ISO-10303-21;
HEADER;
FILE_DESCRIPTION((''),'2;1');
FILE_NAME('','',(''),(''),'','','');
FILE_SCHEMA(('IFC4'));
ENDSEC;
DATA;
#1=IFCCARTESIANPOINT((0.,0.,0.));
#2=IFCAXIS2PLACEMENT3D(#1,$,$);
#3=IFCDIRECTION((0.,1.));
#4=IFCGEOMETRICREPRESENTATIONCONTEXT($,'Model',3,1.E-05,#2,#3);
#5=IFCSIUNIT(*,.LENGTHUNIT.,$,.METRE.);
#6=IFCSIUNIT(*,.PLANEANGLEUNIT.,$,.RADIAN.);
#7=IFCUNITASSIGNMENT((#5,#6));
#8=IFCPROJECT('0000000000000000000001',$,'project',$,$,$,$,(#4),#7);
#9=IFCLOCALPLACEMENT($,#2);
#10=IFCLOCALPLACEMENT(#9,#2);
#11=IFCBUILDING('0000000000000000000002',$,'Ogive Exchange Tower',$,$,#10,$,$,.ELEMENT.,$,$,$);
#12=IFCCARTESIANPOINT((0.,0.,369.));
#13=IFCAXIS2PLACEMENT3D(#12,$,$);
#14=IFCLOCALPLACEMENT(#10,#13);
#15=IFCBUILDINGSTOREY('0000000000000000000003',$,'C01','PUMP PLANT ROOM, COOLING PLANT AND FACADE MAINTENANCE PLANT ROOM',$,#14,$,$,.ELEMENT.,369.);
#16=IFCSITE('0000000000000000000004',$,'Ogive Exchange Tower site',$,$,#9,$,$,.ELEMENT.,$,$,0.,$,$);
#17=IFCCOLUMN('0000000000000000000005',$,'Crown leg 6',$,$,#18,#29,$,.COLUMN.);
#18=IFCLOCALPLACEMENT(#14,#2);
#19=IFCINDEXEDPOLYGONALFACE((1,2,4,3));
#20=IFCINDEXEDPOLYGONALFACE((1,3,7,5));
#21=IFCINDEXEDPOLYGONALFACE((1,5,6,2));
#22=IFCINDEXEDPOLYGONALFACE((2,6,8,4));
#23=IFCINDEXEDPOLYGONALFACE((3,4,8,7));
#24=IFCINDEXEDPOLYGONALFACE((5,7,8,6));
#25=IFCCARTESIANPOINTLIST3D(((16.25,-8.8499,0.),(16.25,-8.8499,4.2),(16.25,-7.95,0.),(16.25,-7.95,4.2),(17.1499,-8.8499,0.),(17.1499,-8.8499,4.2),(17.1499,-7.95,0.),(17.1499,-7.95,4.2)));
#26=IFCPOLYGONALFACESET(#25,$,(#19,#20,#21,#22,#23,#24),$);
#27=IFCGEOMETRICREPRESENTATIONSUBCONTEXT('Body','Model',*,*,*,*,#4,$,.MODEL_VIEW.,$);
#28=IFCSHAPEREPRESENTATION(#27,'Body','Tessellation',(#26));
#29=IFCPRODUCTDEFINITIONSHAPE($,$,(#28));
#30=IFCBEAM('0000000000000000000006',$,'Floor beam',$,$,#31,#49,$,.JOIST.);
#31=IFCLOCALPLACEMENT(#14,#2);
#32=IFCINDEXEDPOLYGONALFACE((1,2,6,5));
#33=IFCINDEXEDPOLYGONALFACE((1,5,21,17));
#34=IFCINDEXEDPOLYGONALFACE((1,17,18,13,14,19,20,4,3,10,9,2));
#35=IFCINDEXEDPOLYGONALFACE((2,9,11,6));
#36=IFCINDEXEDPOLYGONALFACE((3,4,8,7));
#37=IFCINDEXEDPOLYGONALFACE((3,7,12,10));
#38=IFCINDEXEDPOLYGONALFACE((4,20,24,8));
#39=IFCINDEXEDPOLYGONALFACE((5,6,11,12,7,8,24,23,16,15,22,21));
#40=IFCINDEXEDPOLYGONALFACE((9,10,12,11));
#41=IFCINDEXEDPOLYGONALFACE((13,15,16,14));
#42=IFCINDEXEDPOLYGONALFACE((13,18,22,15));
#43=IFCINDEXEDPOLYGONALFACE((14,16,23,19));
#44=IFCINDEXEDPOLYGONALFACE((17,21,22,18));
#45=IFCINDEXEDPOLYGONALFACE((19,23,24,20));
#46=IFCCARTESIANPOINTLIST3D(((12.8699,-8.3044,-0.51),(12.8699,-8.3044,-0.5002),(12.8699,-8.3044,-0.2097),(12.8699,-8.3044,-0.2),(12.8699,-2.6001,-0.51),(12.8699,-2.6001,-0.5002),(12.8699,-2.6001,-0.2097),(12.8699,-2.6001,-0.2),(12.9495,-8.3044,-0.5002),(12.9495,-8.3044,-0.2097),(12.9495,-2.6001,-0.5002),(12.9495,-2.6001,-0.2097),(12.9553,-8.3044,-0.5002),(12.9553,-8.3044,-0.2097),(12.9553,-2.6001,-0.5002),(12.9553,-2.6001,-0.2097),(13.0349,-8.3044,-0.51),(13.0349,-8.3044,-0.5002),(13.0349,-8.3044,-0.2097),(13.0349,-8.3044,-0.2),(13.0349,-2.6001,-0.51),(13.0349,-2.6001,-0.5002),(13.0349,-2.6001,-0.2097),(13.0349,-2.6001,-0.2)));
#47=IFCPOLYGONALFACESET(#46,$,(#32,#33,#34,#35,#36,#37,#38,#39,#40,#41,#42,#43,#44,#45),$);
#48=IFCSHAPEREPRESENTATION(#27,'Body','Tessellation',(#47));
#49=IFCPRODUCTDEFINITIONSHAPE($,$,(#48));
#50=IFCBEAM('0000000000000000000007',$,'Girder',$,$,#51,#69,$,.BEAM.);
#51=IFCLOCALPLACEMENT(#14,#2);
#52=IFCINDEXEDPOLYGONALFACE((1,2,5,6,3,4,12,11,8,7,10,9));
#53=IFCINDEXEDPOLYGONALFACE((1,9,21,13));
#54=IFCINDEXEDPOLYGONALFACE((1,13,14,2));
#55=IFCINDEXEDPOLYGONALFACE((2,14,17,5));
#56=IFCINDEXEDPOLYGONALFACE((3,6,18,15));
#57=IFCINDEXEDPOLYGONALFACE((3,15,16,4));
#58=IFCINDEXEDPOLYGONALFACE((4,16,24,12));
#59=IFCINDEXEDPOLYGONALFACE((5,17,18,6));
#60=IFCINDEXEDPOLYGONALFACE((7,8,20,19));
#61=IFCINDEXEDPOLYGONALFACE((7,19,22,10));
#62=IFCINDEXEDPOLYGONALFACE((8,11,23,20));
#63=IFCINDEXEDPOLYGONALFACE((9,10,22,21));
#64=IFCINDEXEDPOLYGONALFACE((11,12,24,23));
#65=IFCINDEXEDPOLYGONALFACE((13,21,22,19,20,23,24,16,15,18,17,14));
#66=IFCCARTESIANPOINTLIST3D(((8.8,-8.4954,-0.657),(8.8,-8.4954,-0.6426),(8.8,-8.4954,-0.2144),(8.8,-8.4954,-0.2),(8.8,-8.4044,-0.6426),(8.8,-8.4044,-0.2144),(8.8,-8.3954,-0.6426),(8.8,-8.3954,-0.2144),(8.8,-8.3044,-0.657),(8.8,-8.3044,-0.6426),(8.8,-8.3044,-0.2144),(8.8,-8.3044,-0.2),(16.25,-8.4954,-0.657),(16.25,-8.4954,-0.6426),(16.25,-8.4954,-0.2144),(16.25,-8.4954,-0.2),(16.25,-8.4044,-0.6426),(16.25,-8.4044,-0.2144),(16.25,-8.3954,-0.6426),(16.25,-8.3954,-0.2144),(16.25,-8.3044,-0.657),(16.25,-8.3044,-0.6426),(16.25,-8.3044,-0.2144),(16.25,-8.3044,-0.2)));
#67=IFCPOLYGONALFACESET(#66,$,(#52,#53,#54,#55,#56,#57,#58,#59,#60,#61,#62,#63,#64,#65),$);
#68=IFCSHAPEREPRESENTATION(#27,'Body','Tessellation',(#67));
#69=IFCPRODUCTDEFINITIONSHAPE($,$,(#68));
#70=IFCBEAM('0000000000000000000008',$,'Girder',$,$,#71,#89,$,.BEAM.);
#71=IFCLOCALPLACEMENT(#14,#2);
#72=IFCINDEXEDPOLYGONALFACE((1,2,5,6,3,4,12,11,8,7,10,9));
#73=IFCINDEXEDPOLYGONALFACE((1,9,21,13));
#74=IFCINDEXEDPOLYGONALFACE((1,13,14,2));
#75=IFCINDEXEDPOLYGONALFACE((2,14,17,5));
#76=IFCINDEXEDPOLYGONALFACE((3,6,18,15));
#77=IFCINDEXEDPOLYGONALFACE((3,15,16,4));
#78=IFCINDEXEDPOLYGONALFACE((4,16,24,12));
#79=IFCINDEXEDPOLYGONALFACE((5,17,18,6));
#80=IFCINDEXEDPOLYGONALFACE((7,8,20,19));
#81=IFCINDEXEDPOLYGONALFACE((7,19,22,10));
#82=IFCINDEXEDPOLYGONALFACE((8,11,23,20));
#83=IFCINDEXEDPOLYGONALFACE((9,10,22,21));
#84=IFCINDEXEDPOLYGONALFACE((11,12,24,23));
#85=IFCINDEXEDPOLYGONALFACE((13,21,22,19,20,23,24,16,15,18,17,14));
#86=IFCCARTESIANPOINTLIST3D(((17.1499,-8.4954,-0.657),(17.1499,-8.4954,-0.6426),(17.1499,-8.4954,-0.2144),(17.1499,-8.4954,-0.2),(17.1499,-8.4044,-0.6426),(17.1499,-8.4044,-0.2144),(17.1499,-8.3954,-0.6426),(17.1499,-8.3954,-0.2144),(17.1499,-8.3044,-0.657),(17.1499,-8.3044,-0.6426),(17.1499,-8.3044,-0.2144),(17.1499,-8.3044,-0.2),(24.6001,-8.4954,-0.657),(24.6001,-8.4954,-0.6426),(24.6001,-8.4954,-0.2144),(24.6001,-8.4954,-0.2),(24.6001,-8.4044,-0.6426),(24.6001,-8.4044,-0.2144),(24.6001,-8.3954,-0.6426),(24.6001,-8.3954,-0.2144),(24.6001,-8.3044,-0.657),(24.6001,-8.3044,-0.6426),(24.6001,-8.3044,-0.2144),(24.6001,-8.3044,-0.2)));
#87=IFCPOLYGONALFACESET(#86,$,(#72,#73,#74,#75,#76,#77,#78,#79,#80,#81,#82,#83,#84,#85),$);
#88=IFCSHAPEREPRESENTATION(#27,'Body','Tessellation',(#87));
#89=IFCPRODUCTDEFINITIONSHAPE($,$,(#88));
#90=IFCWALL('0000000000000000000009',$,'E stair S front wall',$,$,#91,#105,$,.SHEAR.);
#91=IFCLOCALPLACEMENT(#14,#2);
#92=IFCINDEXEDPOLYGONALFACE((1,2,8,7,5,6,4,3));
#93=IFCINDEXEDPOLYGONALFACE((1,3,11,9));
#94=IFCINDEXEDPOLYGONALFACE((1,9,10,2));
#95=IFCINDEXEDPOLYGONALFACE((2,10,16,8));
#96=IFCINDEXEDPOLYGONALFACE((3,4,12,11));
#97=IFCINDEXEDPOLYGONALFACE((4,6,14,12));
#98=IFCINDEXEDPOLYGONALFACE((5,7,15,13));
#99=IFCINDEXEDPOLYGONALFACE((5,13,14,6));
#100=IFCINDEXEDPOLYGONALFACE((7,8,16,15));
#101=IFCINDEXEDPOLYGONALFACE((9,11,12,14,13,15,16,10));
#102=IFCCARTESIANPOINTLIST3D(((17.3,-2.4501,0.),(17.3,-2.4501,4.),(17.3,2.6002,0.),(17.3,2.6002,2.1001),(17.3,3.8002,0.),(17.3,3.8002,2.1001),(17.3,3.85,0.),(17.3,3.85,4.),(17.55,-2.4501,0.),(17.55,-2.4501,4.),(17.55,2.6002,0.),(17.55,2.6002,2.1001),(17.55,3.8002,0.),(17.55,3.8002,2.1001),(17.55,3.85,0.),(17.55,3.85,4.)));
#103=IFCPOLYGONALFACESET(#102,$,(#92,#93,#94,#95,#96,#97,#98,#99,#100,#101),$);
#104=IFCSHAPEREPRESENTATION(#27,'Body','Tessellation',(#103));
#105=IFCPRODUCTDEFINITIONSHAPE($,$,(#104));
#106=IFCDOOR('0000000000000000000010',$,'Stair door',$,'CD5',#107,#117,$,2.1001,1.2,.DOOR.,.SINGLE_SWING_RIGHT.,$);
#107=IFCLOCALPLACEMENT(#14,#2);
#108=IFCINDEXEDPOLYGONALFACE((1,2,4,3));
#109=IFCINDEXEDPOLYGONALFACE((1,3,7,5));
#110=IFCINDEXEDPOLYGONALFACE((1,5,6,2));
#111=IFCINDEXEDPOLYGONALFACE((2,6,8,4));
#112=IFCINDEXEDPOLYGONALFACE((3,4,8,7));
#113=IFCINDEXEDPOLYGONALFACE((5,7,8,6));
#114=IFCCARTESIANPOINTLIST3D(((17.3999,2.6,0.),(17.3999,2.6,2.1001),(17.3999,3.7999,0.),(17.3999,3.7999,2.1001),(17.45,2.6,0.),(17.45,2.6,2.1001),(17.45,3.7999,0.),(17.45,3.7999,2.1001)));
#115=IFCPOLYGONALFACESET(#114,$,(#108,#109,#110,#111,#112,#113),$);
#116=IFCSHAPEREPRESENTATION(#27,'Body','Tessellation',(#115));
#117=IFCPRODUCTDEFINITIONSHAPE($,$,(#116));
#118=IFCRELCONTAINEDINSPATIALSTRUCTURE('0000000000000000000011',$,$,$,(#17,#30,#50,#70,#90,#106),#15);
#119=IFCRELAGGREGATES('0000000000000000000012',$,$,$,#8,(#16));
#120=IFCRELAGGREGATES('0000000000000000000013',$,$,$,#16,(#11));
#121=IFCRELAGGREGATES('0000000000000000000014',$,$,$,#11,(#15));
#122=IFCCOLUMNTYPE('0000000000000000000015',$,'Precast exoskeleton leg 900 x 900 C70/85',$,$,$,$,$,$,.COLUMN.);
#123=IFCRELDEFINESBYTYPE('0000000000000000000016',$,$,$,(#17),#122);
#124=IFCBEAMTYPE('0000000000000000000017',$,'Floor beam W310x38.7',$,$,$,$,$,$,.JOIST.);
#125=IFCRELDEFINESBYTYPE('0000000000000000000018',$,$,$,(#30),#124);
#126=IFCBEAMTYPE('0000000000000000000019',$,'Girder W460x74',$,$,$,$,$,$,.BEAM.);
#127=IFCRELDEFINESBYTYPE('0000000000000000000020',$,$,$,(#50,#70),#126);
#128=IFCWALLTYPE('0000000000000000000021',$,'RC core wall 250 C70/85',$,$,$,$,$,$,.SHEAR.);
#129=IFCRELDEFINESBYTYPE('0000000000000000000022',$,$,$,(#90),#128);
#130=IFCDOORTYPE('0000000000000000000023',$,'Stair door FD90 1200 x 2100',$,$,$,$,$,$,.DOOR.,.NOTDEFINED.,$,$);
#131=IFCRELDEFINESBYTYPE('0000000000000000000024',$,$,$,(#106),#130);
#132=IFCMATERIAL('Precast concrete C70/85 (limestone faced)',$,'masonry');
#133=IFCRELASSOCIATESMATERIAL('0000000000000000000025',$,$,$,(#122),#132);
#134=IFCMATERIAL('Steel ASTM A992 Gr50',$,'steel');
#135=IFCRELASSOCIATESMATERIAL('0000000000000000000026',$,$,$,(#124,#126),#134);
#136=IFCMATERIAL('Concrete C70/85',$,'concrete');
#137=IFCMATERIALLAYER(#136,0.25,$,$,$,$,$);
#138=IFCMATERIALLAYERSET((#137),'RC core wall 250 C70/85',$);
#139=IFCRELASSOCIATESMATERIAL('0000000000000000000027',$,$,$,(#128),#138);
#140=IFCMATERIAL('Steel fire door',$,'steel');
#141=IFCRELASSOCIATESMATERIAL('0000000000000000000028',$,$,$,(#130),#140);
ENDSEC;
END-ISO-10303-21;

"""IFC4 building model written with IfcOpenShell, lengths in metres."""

from ifc_helpers import new_model, si_unit, direction, frame, frame_2d, origin, origin_2d, place, context, subcontext, project, spatial, rectangle, i_section, extrude, material, layer, layer_set, material_profile, profile_set, type_object, element, fill, save


model = new_model("IFC4")

# Units and contexts
model_context = context("Model", 3, precision=1e-05, world=origin(), true_north=direction((0.0, 1.0)))
body_context = subcontext(model_context, "Body", "Model", "MODEL_VIEW")
ifc_project = project(units=[si_unit("LENGTHUNIT", "METRE"), si_unit("PLANEANGLEUNIT", "RADIAN")], contexts=[model_context])

# Site, building, storey
site_placement = place(None, origin())
site = spatial("IfcSite", under=ifc_project, at=site_placement, Name="Ogive Exchange Tower site", CompositionType="ELEMENT", RefElevation=0.0)
building_placement = place(site_placement, origin())
building = spatial("IfcBuilding", under=site, at=building_placement, Name="Ogive Exchange Tower", CompositionType="ELEMENT")
storey_placement = place(building_placement, frame((0.0, 0.0, 369.0)))
storey = spatial("IfcBuildingStorey", under=building, at=storey_placement, Name="C01", Description="PUMP PLANT ROOM, COOLING PLANT AND FACADE MAINTENANCE PLANT ROOM", CompositionType="ELEMENT", Elevation=369.0)

# Column
ifc_material_1 = material(Name="Precast concrete C70/85 (limestone faced)", Category="masonry")
ifc_material_profile_1 = material_profile(ifc_material_1, rectangle(XDim=0.8999, YDim=0.8999, at=origin_2d()), Name="900 x 900")
ifc_profile_set_1 = profile_set([ifc_material_profile_1], Name="Precast concrete C70/85 (limestone faced)")
column_type = type_object("IfcColumnType", Name="Precast exoskeleton leg 900 x 900 C70/85", PredefinedType="COLUMN", material=ifc_profile_set_1)
column_placement = place(storey_placement, frame((16.7, -8.3999, 0.0), z_axis=(0.0, 0.0, 1.0), x_axis=(1.0, 0.0, 0.0)))
element("IfcColumn", 1, at=column_placement, inside=storey, type_object=column_type, Name="Crown leg 6", PredefinedType="COLUMN", context=body_context, shape_type="SweptSolid", body=[
    extrude(rectangle(XDim=0.8999, YDim=0.8999, at=origin_2d()), origin(), (0.0, 0.0, 1.0), 4.2),
])

# Beams
ifc_material_2 = material(Name="Steel ASTM A992 Gr50", Category="steel")
ifc_material_profile_2 = material_profile(ifc_material_2, i_section(OverallWidth=0.165, OverallDepth=0.3101, WebThickness=0.0059, FlangeThickness=0.0098, at=origin_2d()), Name="W310x38.7")
ifc_profile_set_2 = profile_set([ifc_material_profile_2], Name="Steel ASTM A992 Gr50")
beam_type_1 = type_object("IfcBeamType", Name="Floor beam W310x38.7", PredefinedType="JOIST", material=ifc_profile_set_2)
beam_1_placement = place(storey_placement, frame((12.9524, -8.3044, -0.355), z_axis=(0.0, 1.0, 0.0), x_axis=(-1.0, 0.0, 0.0)))
element("IfcBeam", 2, at=beam_1_placement, inside=storey, type_object=beam_type_1, Name="Floor beam", PredefinedType="JOIST", context=body_context, shape_type="SweptSolid", body=[
    extrude(i_section(OverallWidth=0.165, OverallDepth=0.3101, WebThickness=0.0059, FlangeThickness=0.0098, at=origin_2d()), origin(), (0.0, 0.0, 1.0), 5.7043),
])
ifc_material_profile_3 = material_profile(ifc_material_2, i_section(OverallWidth=0.1909, OverallDepth=0.457, WebThickness=0.009, FlangeThickness=0.0144, at=origin_2d()), Name="W460x74")
ifc_profile_set_3 = profile_set([ifc_material_profile_3], Name="Steel ASTM A992 Gr50")
beam_type_2 = type_object("IfcBeamType", Name="Girder W460x74", PredefinedType="BEAM", material=ifc_profile_set_3)
beam_2_placement = place(storey_placement, frame((8.8, -8.3999, -0.4285), z_axis=(1.0, 0.0, 0.0), x_axis=(0.0, 1.0, 0.0)))
element("IfcBeam", 3, at=beam_2_placement, inside=storey, type_object=beam_type_2, Name="Girder", PredefinedType="BEAM", context=body_context, shape_type="SweptSolid", body=[
    extrude(i_section(OverallWidth=0.1909, OverallDepth=0.457, WebThickness=0.009, FlangeThickness=0.0144, at=origin_2d()), origin(), (0.0, 0.0, 1.0), 7.45),
])
beam_3_placement = place(storey_placement, frame((17.1499, -8.3999, -0.4285), z_axis=(1.0, 0.0, 0.0), x_axis=(0.0, 1.0, 0.0)))
element("IfcBeam", 4, at=beam_3_placement, inside=storey, type_object=beam_type_2, Name="Girder", PredefinedType="BEAM", context=body_context, shape_type="SweptSolid", body=[
    extrude(i_section(OverallWidth=0.1909, OverallDepth=0.457, WebThickness=0.009, FlangeThickness=0.0144, at=origin_2d()), origin(), (0.0, 0.0, 1.0), 7.4502),
])

# Wall, opening, door
ifc_material_3 = material(Name="Concrete C70/85", Category="concrete")
ifc_layer_1 = layer(ifc_material_3, 0.25)
ifc_layer_set_1 = layer_set([ifc_layer_1], Name="RC core wall 250 C70/85")
wall_type_1 = type_object("IfcWallType", Name="RC core wall 250 C70/85", PredefinedType="SHEAR", material=ifc_layer_set_1)
wall_1_placement = place(storey_placement, frame((17.425, -2.45, 0.0), z_axis=(0.0, 0.0, 1.0), x_axis=(0.0, 1.0, 0.0)))
wall_1 = element("IfcWall", 5, at=wall_1_placement, inside=storey, type_object=wall_type_1, Name="E stair S front wall", PredefinedType="SHEAR", context=body_context, shape_type="SweptSolid", body=[
    extrude(rectangle(XDim=6.3, YDim=0.25, at=frame_2d((3.1499, 0.0))), origin(), (0.0, 0.0, 1.0), 4.0),
])
opening_1_placement = place(wall_1_placement, frame((5.05, 0.0, 0.0)))
opening_1 = element("IfcOpeningElement", 6, at=opening_1_placement, cuts=wall_1, PredefinedType="OPENING", context=body_context, shape_type="SweptSolid", body=[
    extrude(rectangle(XDim=1.2, YDim=2.1001, at=frame_2d((0.6001, 1.05))), frame((0.0, 0.135, 0.0), z_axis=(0.0, -1.0, 0.0), x_axis=(1.0, 0.0, 0.0)), (0.0, 0.0, 1.0), 0.27),
])
ifc_material_4 = material(Name="Steel fire door", Category="steel")
door_type_1 = type_object("IfcDoorType", Name="Stair door FD90 1200 x 2100", OperationType="NOTDEFINED", PredefinedType="DOOR", material=ifc_material_4)
door_1_placement = place(opening_1_placement, frame((1.2, 0.0, 0.0), z_axis=(0.0, 0.0, 1.0), x_axis=(-1.0, 0.0, 0.0)))
door_1 = element("IfcDoor", 7, at=door_1_placement, inside=storey, type_object=door_type_1, Name="Stair door", ObjectType="CD5", OperationType="SINGLE_SWING_RIGHT", OverallHeight=2.1001, OverallWidth=1.2, PredefinedType="DOOR", context=body_context, shape_type="SweptSolid", body=[
    extrude(rectangle(XDim=1.2, YDim=2.1001, at=frame_2d((0.6001, 1.05))), frame((0.0, 0.0249, 0.0), z_axis=(0.0, -1.0, 0.0), x_axis=(1.0, 0.0, 0.0)), (0.0, 0.0, 1.0), 0.05),
])
fill(opening_1, door_1)

save(model, "model.ifc")
